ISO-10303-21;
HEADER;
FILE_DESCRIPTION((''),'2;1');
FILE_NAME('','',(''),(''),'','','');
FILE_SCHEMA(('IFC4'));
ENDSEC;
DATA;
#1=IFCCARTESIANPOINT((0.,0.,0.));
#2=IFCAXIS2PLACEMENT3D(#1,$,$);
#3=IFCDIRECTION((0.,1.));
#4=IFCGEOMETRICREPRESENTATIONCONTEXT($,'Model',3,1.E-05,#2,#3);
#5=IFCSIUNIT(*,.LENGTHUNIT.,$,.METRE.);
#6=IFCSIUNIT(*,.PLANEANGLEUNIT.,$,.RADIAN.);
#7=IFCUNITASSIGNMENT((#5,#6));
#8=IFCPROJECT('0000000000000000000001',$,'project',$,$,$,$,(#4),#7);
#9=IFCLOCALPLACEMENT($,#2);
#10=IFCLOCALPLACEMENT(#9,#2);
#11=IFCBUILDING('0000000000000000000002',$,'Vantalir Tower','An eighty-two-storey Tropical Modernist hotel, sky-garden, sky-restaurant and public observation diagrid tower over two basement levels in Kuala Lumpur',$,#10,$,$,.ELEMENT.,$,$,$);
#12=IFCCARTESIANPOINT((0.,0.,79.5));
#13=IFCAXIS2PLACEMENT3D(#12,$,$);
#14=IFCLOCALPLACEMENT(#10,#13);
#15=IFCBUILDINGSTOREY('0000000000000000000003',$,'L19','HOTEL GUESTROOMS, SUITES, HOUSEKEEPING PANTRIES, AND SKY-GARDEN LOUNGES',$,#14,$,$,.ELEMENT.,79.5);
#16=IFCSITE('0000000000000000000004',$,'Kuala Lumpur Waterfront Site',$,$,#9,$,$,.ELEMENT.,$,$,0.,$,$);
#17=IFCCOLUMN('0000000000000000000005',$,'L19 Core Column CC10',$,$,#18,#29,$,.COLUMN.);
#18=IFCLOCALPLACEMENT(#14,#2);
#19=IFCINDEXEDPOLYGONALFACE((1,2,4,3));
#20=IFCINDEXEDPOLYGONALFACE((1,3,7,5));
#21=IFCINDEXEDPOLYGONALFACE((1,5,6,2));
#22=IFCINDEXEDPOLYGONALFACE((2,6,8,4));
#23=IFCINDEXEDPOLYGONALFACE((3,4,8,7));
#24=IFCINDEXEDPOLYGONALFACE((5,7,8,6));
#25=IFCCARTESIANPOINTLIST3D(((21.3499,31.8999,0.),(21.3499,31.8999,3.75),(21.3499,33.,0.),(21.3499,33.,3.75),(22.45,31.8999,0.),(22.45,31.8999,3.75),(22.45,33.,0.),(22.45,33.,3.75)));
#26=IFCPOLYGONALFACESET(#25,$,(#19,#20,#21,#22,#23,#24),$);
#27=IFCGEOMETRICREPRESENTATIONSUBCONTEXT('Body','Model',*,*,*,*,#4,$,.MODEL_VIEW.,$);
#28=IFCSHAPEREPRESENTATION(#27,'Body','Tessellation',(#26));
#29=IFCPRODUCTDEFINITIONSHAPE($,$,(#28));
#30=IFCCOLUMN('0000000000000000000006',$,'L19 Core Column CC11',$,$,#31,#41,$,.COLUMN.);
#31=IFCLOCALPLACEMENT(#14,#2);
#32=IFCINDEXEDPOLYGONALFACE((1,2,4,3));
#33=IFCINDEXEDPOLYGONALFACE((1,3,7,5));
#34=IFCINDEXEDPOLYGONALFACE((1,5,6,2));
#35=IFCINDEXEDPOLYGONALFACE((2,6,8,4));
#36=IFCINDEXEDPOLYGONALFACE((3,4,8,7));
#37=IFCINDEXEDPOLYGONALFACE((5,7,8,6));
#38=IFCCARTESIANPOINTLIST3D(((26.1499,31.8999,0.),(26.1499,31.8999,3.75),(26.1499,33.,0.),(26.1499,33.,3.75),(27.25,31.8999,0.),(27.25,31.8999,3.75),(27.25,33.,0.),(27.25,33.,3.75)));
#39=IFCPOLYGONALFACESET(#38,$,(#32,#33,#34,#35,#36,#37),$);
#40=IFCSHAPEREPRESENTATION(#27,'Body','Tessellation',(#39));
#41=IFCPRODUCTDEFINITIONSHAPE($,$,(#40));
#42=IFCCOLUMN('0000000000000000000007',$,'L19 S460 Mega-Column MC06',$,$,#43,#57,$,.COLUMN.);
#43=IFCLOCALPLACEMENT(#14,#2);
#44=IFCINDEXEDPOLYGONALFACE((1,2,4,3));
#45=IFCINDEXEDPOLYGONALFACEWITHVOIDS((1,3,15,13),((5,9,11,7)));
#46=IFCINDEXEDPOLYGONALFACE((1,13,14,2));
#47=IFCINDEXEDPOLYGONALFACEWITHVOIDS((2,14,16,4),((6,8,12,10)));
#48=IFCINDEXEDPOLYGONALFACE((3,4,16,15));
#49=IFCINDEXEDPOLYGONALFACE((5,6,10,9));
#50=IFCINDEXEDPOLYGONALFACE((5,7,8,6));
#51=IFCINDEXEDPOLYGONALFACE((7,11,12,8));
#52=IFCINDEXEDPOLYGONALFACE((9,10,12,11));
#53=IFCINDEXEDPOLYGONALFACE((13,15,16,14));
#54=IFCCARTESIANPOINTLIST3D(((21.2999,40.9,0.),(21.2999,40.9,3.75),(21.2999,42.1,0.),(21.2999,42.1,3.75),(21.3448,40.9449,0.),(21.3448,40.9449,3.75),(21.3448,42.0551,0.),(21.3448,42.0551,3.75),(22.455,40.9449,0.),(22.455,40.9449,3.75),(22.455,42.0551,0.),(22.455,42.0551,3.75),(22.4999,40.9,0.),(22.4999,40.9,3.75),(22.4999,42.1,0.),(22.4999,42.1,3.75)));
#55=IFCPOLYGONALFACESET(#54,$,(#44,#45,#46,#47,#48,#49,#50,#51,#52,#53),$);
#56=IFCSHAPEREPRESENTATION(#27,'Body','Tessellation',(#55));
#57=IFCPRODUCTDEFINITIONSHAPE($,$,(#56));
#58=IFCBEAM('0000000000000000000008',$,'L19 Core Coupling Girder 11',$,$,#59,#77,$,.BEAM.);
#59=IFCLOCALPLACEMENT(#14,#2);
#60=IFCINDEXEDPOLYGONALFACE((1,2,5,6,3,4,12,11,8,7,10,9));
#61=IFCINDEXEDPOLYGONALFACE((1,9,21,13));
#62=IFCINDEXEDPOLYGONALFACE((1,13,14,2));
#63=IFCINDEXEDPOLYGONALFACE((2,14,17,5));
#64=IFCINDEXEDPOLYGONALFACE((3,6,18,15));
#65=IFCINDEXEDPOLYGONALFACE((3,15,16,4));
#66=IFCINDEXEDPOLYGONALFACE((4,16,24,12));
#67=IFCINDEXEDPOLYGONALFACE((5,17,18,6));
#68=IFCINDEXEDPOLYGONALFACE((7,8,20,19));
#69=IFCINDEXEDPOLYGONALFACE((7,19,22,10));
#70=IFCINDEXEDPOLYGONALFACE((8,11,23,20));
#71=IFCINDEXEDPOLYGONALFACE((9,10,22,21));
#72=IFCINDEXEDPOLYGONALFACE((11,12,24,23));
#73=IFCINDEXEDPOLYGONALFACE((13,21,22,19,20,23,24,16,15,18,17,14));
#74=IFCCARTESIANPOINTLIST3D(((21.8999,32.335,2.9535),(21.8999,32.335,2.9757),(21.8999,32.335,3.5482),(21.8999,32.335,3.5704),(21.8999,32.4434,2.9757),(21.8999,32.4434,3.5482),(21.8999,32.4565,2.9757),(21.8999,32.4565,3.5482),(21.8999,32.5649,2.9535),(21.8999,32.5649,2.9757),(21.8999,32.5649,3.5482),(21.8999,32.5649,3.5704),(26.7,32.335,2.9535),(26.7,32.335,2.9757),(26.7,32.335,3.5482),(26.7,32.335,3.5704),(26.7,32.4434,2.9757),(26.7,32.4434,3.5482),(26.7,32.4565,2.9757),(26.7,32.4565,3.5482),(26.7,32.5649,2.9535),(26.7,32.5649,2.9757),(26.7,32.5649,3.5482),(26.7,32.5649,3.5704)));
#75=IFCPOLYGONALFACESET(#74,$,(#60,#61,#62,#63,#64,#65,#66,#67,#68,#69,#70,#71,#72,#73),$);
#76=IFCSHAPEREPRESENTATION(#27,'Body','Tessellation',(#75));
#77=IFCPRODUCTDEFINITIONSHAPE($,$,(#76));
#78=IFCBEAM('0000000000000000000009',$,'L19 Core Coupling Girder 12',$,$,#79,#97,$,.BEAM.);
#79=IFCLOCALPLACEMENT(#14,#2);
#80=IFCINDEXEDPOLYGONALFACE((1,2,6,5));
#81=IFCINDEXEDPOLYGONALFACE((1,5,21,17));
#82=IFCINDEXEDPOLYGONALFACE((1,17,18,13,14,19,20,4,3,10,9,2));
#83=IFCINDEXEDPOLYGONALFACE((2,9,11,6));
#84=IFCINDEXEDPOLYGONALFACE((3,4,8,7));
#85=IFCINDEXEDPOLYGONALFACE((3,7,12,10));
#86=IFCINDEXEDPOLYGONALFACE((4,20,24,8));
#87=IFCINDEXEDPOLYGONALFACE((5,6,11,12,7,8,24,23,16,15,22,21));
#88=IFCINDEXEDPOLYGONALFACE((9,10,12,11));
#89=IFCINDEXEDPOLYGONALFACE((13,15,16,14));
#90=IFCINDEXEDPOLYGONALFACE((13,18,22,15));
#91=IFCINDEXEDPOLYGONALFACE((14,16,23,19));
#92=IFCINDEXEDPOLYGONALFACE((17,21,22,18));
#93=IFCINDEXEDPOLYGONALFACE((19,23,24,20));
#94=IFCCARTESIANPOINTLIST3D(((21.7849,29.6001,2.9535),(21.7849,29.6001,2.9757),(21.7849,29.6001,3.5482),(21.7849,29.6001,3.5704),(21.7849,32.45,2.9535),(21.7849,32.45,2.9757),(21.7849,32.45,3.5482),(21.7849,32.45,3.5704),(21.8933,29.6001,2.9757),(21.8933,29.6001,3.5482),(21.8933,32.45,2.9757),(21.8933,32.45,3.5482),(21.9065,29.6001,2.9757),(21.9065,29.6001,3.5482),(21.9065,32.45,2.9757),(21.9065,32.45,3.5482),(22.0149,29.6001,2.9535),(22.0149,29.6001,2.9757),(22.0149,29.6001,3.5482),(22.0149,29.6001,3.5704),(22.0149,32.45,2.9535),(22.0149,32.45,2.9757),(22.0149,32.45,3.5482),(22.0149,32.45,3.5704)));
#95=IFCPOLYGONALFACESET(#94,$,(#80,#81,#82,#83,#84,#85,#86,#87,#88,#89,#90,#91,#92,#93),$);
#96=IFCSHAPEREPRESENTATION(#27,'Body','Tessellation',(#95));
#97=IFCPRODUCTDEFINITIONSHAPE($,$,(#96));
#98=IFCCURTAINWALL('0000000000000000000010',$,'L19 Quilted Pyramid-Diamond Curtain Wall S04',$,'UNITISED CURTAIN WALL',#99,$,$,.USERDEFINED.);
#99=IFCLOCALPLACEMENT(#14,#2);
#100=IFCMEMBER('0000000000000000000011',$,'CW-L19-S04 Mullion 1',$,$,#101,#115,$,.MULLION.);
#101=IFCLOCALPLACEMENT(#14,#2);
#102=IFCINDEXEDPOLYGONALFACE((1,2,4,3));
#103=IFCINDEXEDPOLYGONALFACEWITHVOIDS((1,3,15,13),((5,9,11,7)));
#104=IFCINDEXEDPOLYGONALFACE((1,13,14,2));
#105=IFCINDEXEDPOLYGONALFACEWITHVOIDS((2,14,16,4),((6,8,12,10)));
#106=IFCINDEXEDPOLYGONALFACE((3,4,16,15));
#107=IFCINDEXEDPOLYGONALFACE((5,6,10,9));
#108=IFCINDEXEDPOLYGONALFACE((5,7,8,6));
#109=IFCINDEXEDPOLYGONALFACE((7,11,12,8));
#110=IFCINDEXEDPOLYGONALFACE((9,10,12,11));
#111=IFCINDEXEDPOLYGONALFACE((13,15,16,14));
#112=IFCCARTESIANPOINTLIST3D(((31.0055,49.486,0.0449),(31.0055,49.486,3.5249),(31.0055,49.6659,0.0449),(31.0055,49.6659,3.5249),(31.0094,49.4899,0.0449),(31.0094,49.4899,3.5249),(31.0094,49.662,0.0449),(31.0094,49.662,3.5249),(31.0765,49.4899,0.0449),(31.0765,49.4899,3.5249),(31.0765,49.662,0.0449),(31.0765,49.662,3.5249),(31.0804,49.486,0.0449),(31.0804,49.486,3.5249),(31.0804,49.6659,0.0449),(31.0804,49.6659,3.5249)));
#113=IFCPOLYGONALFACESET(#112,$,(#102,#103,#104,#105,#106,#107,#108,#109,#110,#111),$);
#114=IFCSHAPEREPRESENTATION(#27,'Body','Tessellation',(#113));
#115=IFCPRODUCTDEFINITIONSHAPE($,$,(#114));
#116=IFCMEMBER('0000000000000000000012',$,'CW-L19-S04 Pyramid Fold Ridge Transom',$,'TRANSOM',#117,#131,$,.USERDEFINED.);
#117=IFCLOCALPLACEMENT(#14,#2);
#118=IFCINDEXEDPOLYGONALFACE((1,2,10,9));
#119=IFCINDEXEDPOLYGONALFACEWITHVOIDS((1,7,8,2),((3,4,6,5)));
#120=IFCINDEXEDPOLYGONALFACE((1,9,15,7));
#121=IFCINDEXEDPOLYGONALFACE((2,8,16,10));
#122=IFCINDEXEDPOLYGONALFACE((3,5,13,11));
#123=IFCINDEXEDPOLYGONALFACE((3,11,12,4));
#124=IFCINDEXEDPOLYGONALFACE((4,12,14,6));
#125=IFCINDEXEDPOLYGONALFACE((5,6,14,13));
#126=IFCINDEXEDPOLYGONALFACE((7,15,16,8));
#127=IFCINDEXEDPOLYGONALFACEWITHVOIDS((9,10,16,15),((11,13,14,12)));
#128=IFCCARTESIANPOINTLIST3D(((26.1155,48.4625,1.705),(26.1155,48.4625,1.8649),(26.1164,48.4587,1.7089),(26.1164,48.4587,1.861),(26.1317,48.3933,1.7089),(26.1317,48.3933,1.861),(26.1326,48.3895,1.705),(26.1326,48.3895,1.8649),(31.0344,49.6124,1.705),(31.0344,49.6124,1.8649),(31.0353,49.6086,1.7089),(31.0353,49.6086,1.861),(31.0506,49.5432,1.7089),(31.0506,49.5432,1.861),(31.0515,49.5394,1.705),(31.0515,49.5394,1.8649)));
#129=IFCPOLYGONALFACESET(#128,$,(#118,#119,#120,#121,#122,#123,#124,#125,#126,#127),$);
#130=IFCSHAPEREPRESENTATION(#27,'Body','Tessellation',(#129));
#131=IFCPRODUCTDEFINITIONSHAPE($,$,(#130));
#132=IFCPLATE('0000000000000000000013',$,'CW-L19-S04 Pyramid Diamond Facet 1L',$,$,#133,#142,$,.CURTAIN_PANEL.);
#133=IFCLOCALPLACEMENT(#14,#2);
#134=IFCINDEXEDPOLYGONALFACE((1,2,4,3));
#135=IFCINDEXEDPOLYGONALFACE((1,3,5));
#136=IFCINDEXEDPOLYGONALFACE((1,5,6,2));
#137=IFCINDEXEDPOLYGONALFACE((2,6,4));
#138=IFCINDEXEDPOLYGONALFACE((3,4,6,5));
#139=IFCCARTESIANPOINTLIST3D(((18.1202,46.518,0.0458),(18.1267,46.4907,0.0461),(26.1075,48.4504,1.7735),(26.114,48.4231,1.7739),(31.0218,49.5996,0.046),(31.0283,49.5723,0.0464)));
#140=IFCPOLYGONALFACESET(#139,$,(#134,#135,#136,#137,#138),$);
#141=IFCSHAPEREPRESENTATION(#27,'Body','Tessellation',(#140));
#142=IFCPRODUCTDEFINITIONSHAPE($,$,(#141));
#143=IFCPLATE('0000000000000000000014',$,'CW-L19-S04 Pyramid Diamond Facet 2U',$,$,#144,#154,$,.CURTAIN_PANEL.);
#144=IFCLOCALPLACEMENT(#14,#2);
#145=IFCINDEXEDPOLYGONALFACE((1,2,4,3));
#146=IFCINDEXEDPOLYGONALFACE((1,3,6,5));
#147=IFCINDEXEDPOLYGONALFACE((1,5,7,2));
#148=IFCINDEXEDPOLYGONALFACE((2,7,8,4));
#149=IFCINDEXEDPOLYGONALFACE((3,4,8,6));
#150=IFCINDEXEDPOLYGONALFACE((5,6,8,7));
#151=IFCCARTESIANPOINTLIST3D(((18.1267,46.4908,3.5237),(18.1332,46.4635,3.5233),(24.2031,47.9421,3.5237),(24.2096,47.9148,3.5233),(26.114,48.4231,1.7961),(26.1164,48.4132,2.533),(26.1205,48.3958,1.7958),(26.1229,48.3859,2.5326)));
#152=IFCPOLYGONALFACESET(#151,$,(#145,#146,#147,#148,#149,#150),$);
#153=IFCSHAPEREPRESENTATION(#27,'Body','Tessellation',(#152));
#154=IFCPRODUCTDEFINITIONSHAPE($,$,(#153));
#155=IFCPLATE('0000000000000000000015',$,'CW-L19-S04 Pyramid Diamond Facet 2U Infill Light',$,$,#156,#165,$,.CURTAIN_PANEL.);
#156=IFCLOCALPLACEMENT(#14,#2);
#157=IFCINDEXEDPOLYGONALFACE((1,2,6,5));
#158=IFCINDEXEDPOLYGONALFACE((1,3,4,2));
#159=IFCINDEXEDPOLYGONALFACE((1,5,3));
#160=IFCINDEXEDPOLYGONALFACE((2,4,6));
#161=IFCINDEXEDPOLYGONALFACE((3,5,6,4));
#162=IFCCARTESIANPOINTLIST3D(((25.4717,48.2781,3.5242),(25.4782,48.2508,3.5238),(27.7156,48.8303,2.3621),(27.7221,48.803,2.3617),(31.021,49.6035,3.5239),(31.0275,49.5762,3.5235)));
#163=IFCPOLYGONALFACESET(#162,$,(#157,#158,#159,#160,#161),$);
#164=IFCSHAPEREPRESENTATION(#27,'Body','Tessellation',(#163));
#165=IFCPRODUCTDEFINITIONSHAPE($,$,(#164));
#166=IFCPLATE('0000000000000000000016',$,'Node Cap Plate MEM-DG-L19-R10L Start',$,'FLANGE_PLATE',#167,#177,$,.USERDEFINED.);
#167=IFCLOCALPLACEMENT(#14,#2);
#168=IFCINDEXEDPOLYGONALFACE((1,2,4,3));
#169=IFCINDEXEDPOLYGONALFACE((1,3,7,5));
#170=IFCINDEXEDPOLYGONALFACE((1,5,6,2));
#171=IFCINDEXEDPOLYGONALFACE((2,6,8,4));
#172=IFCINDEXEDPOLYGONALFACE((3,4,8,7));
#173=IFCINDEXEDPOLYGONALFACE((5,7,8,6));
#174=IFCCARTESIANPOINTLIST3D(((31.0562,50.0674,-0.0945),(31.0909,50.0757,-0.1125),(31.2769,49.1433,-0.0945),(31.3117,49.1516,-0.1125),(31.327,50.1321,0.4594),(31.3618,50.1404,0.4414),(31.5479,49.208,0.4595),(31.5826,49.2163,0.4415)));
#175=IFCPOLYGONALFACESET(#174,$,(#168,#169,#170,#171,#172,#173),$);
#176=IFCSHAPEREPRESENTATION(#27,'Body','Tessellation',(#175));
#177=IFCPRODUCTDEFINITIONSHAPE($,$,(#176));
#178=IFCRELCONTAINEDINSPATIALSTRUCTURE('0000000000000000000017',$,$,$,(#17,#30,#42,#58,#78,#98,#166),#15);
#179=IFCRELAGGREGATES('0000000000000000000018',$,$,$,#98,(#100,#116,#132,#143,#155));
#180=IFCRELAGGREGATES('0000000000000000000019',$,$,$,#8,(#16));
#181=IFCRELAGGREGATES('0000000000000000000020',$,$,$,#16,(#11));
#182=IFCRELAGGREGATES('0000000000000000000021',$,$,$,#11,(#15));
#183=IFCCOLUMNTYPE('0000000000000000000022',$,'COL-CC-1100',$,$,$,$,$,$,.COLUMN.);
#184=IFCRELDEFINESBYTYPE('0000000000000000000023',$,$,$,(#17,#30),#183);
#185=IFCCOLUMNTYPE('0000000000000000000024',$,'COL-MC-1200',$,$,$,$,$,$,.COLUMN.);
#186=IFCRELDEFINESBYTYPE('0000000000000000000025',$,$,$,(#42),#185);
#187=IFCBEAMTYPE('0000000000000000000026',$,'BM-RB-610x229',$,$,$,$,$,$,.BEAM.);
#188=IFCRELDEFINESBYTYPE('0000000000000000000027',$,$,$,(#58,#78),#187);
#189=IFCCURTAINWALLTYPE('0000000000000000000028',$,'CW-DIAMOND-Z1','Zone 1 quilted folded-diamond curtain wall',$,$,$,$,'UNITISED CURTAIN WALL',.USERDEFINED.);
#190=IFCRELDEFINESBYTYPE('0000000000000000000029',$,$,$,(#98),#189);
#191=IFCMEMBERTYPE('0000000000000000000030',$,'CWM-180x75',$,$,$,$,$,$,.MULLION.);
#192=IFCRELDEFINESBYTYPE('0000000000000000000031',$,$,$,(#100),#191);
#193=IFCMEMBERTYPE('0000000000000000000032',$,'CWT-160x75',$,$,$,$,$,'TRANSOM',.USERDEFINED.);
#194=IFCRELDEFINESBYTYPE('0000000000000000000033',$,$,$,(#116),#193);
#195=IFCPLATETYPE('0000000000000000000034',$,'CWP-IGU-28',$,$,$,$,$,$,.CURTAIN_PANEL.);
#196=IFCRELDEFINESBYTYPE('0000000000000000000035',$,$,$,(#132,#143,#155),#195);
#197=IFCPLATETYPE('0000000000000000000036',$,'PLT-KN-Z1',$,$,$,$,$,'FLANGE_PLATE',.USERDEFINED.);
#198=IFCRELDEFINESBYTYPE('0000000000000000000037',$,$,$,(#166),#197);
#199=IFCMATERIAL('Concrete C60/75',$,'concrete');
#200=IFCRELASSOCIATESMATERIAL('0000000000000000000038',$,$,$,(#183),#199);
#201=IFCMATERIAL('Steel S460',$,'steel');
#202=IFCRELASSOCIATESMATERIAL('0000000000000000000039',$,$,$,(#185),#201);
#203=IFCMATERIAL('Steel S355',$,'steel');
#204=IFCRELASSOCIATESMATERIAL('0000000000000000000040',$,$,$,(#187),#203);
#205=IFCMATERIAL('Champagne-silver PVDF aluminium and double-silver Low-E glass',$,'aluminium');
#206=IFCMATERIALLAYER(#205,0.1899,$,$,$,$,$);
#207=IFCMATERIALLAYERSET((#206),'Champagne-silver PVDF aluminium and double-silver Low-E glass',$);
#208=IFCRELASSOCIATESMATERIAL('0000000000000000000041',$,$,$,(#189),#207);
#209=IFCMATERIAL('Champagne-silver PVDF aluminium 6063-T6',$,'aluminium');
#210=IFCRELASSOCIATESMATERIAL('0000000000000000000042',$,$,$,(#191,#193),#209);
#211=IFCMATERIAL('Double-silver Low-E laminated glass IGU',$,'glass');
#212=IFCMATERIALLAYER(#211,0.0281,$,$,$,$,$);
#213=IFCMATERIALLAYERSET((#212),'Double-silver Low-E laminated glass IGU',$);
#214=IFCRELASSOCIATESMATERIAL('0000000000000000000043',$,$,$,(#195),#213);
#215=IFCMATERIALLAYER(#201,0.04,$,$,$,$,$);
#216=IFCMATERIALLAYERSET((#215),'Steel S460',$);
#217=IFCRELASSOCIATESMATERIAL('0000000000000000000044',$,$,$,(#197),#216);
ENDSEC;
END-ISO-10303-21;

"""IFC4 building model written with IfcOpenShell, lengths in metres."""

from ifc_helpers import new_model, si_unit, direction, frame, origin, origin_2d, place, context, subcontext, project, spatial, polyline, rectangle, hollow_rectangle, i_section, outline, extrude, material, layer, layer_set, material_profile, profile_set, type_object, element, aggregate, save


model = new_model("IFC4")

# Units and contexts
model_context = context("Model", 3, precision=1e-05, world=origin(), true_north=direction((0.0, 1.0)))
body_context = subcontext(model_context, "Body", "Model", "MODEL_VIEW")
ifc_project = project(units=[si_unit("LENGTHUNIT", "METRE"), si_unit("PLANEANGLEUNIT", "RADIAN")], contexts=[model_context])

# Site, building, storey
site_placement = place(None, origin())
site = spatial("IfcSite", under=ifc_project, at=site_placement, Name="Kuala Lumpur Waterfront Site", CompositionType="ELEMENT", RefElevation=0.0)
building_placement = place(site_placement, origin())
building = spatial("IfcBuilding", under=site, at=building_placement, Name="Vantalir Tower", Description="An eighty-two-storey Tropical Modernist hotel, sky-garden, sky-restaurant and public observation diagrid tower over two basement levels in Kuala Lumpur", CompositionType="ELEMENT")
storey_placement = place(building_placement, frame((0.0, 0.0, 79.5)))
storey = spatial("IfcBuildingStorey", under=building, at=storey_placement, Name="L19", Description="HOTEL GUESTROOMS, SUITES, HOUSEKEEPING PANTRIES, AND SKY-GARDEN LOUNGES", CompositionType="ELEMENT", Elevation=79.5)

# Columns
ifc_material_1 = material(Name="Concrete C60/75", Category="concrete")
ifc_material_profile_1 = material_profile(ifc_material_1, rectangle(XDim=1.1001, YDim=1.1001, at=origin_2d()), Name="Concrete C60/75")
ifc_profile_set_1 = profile_set([ifc_material_profile_1], Name="Concrete C60/75")
column_type_1 = type_object("IfcColumnType", Name="COL-CC-1100", PredefinedType="COLUMN", material=ifc_profile_set_1)
for number, where, z_axis, x_axis, name in (
    (1, (21.8999, 32.45, 0.0), (0.0, 0.0, 1.0), (1.0, 0.0, 0.0), "L19 Core Column CC10"),
    (2, (26.7, 32.45, 0.0), (0.0, 0.0, 1.0), (1.0, 0.0, 0.0), "L19 Core Column CC11"),
):
    element("IfcColumn", number, at=place(storey_placement, frame(where, z_axis=z_axis, x_axis=x_axis)), inside=storey, type_object=column_type_1, Name=name, PredefinedType="COLUMN", context=body_context, shape_type="SweptSolid", body=[
        extrude(rectangle(XDim=1.1001, YDim=1.1001, at=origin_2d()), origin(), (0.0, 0.0, 1.0), 3.75),
    ])
ifc_material_2 = material(Name="Steel S460", Category="steel")
ifc_material_profile_2 = material_profile(ifc_material_2, hollow_rectangle(XDim=1.2, YDim=1.2, WallThickness=0.0449, at=origin_2d()), Name="Steel S460")
ifc_profile_set_2 = profile_set([ifc_material_profile_2], Name="Steel S460")
column_type_2 = type_object("IfcColumnType", Name="COL-MC-1200", PredefinedType="COLUMN", material=ifc_profile_set_2)
column_placement = place(storey_placement, frame((21.8999, 41.5, 0.0), z_axis=(0.0, 0.0, 1.0), x_axis=(1.0, 0.0, 0.0)))
element("IfcColumn", 3, at=column_placement, inside=storey, type_object=column_type_2, Name="L19 S460 Mega-Column MC06", PredefinedType="COLUMN", context=body_context, shape_type="SweptSolid", body=[
    extrude(hollow_rectangle(XDim=1.2, YDim=1.2, WallThickness=0.0449, at=origin_2d()), origin(), (0.0, 0.0, 1.0), 3.75),
])

# Beams
ifc_material_3 = material(Name="Steel S355", Category="steel")
ifc_material_profile_3 = material_profile(ifc_material_3, i_section(OverallWidth=0.23, OverallDepth=0.6169, WebThickness=0.0132, FlangeThickness=0.0222, at=origin_2d()), Name="Steel S355")
ifc_profile_set_3 = profile_set([ifc_material_profile_3], Name="Steel S355")
beam_type = type_object("IfcBeamType", Name="BM-RB-610x229", PredefinedType="BEAM", material=ifc_profile_set_3)
beam_1_placement = place(storey_placement, frame((26.7, 32.45, 3.262), z_axis=(-1.0, 0.0, 0.0), x_axis=(0.0, -1.0, 0.0)))
element("IfcBeam", 4, at=beam_1_placement, inside=storey, type_object=beam_type, Name="L19 Core Coupling Girder 11", PredefinedType="BEAM", context=body_context, shape_type="SweptSolid", body=[
    extrude(i_section(OverallWidth=0.23, OverallDepth=0.6169, WebThickness=0.0132, FlangeThickness=0.0222, at=origin_2d()), origin(), (0.0, 0.0, 1.0), 4.8),
])
beam_2_placement = place(storey_placement, frame((21.8999, 32.45, 3.262), z_axis=(0.0, -1.0, 0.0), x_axis=(1.0, 0.0, 0.0)))
element("IfcBeam", 5, at=beam_2_placement, inside=storey, type_object=beam_type, Name="L19 Core Coupling Girder 12", PredefinedType="BEAM", context=body_context, shape_type="SweptSolid", body=[
    extrude(i_section(OverallWidth=0.23, OverallDepth=0.6169, WebThickness=0.0132, FlangeThickness=0.0222, at=origin_2d()), origin(), (0.0, 0.0, 1.0), 2.8499),
])

# Curtain wall, members, plates
ifc_material_4 = material(Name="Champagne-silver PVDF aluminium and double-silver Low-E glass", Category="aluminium")
ifc_layer_1 = layer(ifc_material_4, 0.1899)
ifc_layer_set_1 = layer_set([ifc_layer_1], Name="Champagne-silver PVDF aluminium and double-silver Low-E glass")
curtain_wall_type = type_object("IfcCurtainWallType", Name="CW-DIAMOND-Z1", Description="Zone 1 quilted folded-diamond curtain wall", ElementType="UNITISED CURTAIN WALL", PredefinedType="USERDEFINED", material=ifc_layer_set_1)
curtain_wall_placement = place(storey_placement, origin())
curtain_wall = element("IfcCurtainWall", 6, at=curtain_wall_placement, inside=storey, type_object=curtain_wall_type, Name="L19 Quilted Pyramid-Diamond Curtain Wall S04", ObjectType="UNITISED CURTAIN WALL", PredefinedType="USERDEFINED")
ifc_material_5 = material(Name="Champagne-silver PVDF aluminium 6063-T6", Category="aluminium")
ifc_material_profile_4 = material_profile(ifc_material_5, hollow_rectangle(XDim=0.075, YDim=0.1799, WallThickness=0.0039, at=origin_2d()), Name="Champagne-silver PVDF aluminium 6063-T6")
ifc_profile_set_4 = profile_set([ifc_material_profile_4], Name="Champagne-silver PVDF aluminium 6063-T6")
member_type_1 = type_object("IfcMemberType", Name="CWM-180x75", PredefinedType="MULLION", material=ifc_profile_set_4)
member_1_placement = place(storey_placement, frame((31.043, 49.5759, 0.0449), z_axis=(0.0, 0.0, 1.0), x_axis=(1.0, 0.0, 0.0)))
member_1 = element("IfcMember", 7, at=member_1_placement, type_object=member_type_1, Name="CW-L19-S04 Mullion 1", PredefinedType="MULLION", context=body_context, shape_type="SweptSolid", body=[
    extrude(hollow_rectangle(XDim=0.075, YDim=0.1799, WallThickness=0.0039, at=origin_2d()), origin(), (0.0, 0.0, 1.0), 3.48),
])
ifc_material_profile_5 = material_profile(ifc_material_5, hollow_rectangle(XDim=0.075, YDim=0.1599, WallThickness=0.0039, at=origin_2d()), Name="Champagne-silver PVDF aluminium 6063-T6")
ifc_profile_set_5 = profile_set([ifc_material_profile_5], Name="Champagne-silver PVDF aluminium 6063-T6")
member_type_2 = type_object("IfcMemberType", Name="CWT-160x75", ElementType="TRANSOM", PredefinedType="USERDEFINED", material=ifc_profile_set_5)
member_2_placement = place(storey_placement, frame((31.043, 49.5759, 1.7849), z_axis=(-0.973747, -0.227633, 0.0), x_axis=(0.227633, -0.973747, 0.0)))
member_2 = element("IfcMember", 8, at=member_2_placement, type_object=member_type_2, Name="CW-L19-S04 Pyramid Fold Ridge Transom", ObjectType="TRANSOM", PredefinedType="USERDEFINED", context=body_context, shape_type="SweptSolid", body=[
    extrude(hollow_rectangle(XDim=0.075, YDim=0.1599, WallThickness=0.0039, at=origin_2d()), origin(), (0.0, 0.0, 1.0), 5.0515),
])
ifc_material_6 = material(Name="Double-silver Low-E laminated glass IGU", Category="glass")
ifc_layer_2 = layer(ifc_material_6, 0.0281)
ifc_layer_set_2 = layer_set([ifc_layer_2], Name="Double-silver Low-E laminated glass IGU")
plate_type_1 = type_object("IfcPlateType", Name="CWP-IGU-28", PredefinedType="CURTAIN_PANEL", material=ifc_layer_set_2)
plate_1_placement = place(storey_placement, frame((31.0283, 49.5723, 0.0464), z_axis=(0.232292, -0.972547, 0.013854), x_axis=(-0.972641, -0.232315, -0.000018)))
plate_1 = element("IfcPlate", 9, at=plate_1_placement, type_object=plate_type_1, Name="CW-L19-S04 Pyramid Diamond Facet 1L", PredefinedType="CURTAIN_PANEL", context=body_context, shape_type="SweptSolid", body=[
    extrude(outline(polyline([(0.0, 0.0), (13.2645, 0.0), (5.0468, -1.7278), (0.0, 0.0)])), origin(), (0.0, 0.0, -1.0), 0.0281),
])
plate_2_placement = place(storey_placement, frame((24.2031, 47.9421, 3.5237), z_axis=(-0.232285, 0.97255, 0.013826), x_axis=(-0.972643, -0.232307, 0.0)))
plate_2 = element("IfcPlate", 10, at=plate_2_placement, type_object=plate_type_1, Name="CW-L19-S04 Pyramid Diamond Facet 2U", PredefinedType="CURTAIN_PANEL", context=body_context, shape_type="SweptSolid", body=[
    extrude(outline(polyline([(0.0, 0.0), (6.2474, 0.0), (-1.9703, -1.7277), (-1.9704, -0.9908), (0.0, 0.0)])), origin(), (0.0, 0.0, -1.0), 0.0281),
])
plate_3_placement = place(storey_placement, frame((31.021, 49.6035, 3.5239), z_axis=(-0.232291, 0.972551, 0.01364), x_axis=(-0.972641, -0.232313, 0.000043)))
plate_3 = element("IfcPlate", 11, at=plate_3_placement, type_object=plate_type_1, Name="CW-L19-S04 Pyramid Diamond Facet 2U Infill Light", PredefinedType="CURTAIN_PANEL", context=body_context, shape_type="SweptSolid", body=[
    extrude(outline(polyline([(0.0, 0.0), (5.7054, 0.0), (3.3946, -1.1621), (0.0, 0.0)])), origin(), (0.0, 0.0, -1.0), 0.0281),
])
aggregate(curtain_wall, [member_1, member_2, plate_1, plate_2, plate_3])

# Plate
ifc_layer_3 = layer(ifc_material_2, 0.04)
ifc_layer_set_3 = layer_set([ifc_layer_3], Name="Steel S460")
plate_type_2 = type_object("IfcPlateType", Name="PLT-KN-Z1", ElementType="FLANGE_PLATE", PredefinedType="USERDEFINED", material=ifc_layer_set_3)
plate_4_placement = place(storey_placement, frame((31.0562, 50.0674, -0.0945), z_axis=(-0.86898, -0.20766, 0.449168), x_axis=(0.232401, -0.97262, -0.00005)))
element("IfcPlate", 12, at=plate_4_placement, inside=storey, type_object=plate_type_2, Name="Node Cap Plate MEM-DG-L19-R10L Start", ObjectType="FLANGE_PLATE", PredefinedType="USERDEFINED", context=body_context, shape_type="SweptSolid", body=[
    extrude(outline(polyline([(0.0, 0.0), (0.9501, 0.0), (0.9501, 0.6201), (0.0, 0.62), (0.0, 0.0)])), origin(), (0.0, 0.0, -1.0), 0.04),
])

save(model, "model.ifc")
